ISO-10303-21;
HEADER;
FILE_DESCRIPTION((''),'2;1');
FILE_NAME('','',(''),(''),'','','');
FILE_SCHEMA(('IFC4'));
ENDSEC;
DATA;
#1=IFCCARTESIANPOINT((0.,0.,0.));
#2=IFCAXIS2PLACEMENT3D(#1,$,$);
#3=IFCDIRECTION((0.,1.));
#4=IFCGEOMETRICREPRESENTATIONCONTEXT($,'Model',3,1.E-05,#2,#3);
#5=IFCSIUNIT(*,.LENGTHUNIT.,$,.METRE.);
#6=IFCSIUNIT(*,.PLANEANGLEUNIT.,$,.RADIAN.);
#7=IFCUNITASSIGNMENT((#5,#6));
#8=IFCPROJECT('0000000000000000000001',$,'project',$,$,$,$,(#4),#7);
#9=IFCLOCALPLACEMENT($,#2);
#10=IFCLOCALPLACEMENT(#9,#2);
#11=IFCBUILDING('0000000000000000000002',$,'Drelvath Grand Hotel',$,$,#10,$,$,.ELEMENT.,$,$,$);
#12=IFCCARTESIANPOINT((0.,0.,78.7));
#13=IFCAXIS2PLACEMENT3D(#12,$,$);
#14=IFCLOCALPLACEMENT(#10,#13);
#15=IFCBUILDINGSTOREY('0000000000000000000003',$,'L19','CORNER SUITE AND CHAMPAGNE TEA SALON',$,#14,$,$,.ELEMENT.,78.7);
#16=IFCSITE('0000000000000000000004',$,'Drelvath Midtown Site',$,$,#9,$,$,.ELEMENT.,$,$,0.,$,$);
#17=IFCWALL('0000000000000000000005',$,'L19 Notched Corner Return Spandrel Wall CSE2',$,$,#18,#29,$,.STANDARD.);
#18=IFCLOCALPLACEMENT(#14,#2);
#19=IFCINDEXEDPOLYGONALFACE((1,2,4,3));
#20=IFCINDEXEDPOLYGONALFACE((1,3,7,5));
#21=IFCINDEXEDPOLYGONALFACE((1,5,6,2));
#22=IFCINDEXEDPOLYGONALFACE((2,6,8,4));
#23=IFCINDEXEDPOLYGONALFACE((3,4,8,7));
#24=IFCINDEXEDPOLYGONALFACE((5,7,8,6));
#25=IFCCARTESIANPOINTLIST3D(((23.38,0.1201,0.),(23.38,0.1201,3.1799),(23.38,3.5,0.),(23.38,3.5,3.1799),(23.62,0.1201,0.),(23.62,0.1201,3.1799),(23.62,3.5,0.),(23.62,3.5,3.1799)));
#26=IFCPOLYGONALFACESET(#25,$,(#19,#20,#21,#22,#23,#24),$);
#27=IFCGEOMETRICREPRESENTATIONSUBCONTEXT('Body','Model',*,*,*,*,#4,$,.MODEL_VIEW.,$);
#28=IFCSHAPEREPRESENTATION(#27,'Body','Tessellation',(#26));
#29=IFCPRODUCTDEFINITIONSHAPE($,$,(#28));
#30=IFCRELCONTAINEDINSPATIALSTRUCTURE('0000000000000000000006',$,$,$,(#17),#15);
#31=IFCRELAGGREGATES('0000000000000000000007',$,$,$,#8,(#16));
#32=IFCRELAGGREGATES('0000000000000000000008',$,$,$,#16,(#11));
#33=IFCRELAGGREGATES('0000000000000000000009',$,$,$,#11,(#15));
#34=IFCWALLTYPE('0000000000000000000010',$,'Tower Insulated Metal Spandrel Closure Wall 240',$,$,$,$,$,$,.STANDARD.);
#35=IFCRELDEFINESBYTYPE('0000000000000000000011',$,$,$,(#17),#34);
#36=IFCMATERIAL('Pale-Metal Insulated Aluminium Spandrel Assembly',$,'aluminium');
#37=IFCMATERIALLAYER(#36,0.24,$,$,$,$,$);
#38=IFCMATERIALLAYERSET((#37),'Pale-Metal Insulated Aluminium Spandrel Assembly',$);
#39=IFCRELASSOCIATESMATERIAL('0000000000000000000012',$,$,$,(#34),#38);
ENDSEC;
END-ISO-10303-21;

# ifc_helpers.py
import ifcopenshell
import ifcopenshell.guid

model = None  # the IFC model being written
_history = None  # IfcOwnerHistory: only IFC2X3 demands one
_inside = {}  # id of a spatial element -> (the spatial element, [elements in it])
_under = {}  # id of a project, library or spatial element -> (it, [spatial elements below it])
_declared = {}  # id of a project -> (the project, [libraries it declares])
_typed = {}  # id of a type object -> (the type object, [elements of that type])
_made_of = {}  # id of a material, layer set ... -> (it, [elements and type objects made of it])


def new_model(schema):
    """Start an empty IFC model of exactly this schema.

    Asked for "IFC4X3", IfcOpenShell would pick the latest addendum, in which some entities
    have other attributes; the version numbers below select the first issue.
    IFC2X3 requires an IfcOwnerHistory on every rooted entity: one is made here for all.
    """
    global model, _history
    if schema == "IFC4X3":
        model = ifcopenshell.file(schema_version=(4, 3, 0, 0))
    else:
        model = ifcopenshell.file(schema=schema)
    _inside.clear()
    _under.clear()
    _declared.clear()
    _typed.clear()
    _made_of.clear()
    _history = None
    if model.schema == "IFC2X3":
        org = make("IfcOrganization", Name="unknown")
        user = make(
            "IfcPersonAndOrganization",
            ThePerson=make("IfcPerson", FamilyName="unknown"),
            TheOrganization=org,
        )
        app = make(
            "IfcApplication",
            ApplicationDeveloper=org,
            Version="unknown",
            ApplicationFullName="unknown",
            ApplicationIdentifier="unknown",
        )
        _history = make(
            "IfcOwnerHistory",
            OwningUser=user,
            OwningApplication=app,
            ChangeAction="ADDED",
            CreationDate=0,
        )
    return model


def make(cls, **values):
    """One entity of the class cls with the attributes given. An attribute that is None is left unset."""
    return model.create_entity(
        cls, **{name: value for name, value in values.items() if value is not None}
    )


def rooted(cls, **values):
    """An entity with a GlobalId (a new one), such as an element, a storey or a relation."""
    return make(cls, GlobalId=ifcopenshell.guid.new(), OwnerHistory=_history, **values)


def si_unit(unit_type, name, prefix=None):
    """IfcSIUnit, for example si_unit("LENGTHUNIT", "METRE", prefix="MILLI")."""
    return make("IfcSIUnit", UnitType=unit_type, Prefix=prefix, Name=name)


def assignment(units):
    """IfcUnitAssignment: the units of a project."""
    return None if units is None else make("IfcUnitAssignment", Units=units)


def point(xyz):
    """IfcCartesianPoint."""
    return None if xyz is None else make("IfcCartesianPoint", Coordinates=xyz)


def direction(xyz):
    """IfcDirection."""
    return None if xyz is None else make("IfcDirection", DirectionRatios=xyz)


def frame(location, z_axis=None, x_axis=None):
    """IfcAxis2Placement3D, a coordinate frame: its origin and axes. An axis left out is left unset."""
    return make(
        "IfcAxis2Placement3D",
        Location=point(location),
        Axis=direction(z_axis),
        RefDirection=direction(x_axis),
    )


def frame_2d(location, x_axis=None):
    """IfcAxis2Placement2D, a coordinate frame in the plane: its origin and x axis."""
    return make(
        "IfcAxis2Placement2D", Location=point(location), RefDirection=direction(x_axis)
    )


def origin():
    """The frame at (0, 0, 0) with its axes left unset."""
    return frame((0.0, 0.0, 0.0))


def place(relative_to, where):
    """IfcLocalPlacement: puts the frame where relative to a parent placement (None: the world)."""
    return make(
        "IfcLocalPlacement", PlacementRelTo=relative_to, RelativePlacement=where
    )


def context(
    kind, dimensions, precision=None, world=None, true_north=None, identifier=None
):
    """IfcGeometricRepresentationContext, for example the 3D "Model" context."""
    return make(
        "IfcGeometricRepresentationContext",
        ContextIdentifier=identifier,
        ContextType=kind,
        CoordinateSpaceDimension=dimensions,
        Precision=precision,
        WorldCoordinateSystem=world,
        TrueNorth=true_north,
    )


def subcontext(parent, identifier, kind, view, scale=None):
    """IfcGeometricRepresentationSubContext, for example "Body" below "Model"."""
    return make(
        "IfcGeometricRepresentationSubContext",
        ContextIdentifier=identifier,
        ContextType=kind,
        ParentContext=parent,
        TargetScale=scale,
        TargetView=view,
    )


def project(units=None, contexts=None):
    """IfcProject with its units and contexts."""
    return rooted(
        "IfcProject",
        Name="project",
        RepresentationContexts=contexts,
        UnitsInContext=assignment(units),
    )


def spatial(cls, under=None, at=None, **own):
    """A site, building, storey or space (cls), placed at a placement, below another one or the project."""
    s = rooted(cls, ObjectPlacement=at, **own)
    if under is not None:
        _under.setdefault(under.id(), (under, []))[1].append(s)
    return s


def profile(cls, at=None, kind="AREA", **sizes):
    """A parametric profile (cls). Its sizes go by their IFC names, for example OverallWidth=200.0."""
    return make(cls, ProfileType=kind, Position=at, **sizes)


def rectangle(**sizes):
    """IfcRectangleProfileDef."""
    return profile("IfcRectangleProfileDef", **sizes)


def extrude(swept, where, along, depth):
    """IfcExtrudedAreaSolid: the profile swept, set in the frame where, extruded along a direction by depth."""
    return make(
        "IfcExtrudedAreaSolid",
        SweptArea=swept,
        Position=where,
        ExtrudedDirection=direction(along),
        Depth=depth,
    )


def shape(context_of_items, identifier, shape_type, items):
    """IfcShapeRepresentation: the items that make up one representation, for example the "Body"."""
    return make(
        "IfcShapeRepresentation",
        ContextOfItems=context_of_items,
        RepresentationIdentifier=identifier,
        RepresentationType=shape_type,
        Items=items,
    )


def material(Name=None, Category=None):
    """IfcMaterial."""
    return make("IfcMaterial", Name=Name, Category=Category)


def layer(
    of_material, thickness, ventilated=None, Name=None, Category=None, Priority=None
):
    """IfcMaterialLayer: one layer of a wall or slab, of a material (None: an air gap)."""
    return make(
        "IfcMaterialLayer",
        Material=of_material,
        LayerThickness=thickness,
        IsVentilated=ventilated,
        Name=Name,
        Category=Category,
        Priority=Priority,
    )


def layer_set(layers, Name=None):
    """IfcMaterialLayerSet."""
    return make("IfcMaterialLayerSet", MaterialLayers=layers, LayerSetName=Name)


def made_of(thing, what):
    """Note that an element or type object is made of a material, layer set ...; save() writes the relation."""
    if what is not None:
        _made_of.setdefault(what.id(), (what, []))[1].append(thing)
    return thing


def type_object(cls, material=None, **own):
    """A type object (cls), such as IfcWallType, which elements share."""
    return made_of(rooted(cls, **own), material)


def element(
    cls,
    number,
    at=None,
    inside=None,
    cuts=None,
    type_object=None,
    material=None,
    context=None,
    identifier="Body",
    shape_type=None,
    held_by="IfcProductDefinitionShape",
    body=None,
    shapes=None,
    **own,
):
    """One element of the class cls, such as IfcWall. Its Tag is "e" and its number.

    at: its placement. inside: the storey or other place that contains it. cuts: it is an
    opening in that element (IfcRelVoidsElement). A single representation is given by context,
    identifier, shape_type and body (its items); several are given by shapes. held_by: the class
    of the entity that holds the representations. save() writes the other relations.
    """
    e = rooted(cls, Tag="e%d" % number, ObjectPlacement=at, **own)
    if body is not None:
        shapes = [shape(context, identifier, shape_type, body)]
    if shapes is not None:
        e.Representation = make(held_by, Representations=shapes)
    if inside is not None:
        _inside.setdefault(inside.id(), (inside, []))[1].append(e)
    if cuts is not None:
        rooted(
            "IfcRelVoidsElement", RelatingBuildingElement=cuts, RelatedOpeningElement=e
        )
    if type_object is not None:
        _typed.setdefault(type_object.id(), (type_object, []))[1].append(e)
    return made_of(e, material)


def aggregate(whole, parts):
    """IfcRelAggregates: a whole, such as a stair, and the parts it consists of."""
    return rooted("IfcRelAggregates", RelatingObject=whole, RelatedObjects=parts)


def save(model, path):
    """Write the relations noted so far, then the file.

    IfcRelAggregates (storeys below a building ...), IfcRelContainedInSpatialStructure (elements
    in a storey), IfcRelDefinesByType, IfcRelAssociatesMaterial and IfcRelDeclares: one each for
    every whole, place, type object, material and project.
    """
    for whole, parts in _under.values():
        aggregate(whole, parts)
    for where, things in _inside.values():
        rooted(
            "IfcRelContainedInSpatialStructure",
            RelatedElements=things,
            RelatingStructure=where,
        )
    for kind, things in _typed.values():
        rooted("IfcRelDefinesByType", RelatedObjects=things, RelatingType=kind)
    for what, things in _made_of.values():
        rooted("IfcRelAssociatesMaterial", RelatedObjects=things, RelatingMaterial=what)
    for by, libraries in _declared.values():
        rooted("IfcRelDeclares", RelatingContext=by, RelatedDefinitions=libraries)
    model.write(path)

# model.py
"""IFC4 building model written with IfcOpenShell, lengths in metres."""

from ifc_helpers import new_model, si_unit, direction, frame, frame_2d, origin, place, context, subcontext, project, spatial, rectangle, extrude, material, layer, layer_set, type_object, element, save


model = new_model("IFC4")

# Units and contexts
model_context = context("Model", 3, precision=1e-05, world=origin(), true_north=direction((0.0, 1.0)))
body_context = subcontext(model_context, "Body", "Model", "MODEL_VIEW")
ifc_project = project(units=[si_unit("LENGTHUNIT", "METRE"), si_unit("PLANEANGLEUNIT", "RADIAN")], contexts=[model_context])

# Site, building, storey
site_placement = place(None, origin())
site = spatial("IfcSite", under=ifc_project, at=site_placement, Name="Drelvath Midtown Site", CompositionType="ELEMENT", RefElevation=0.0)
building_placement = place(site_placement, origin())
building = spatial("IfcBuilding", under=site, at=building_placement, Name="Drelvath Grand Hotel", CompositionType="ELEMENT")
storey_placement = place(building_placement, frame((0.0, 0.0, 78.7)))
storey = spatial("IfcBuildingStorey", under=building, at=storey_placement, Name="L19", Description="CORNER SUITE AND CHAMPAGNE TEA SALON", CompositionType="ELEMENT", Elevation=78.7)

# Wall
ifc_material_1 = material(Name="Pale-Metal Insulated Aluminium Spandrel Assembly", Category="aluminium")
ifc_layer_1 = layer(ifc_material_1, 0.24)
ifc_layer_set_1 = layer_set([ifc_layer_1], Name="Pale-Metal Insulated Aluminium Spandrel Assembly")
wall_type_1 = type_object("IfcWallType", Name="Tower Insulated Metal Spandrel Closure Wall 240", PredefinedType="STANDARD", material=ifc_layer_set_1)
for number, where, z_axis, x_axis, name in (
    (1, (23.5, 3.5, 0.0), (0.0, 0.0, 1.0), (0.0, -1.0, 0.0), "L19 Notched Corner Return Spandrel Wall CSE2"),
):
    element("IfcWall", number, at=place(storey_placement, frame(where, z_axis=z_axis, x_axis=x_axis)), inside=storey, type_object=wall_type_1, Name=name, PredefinedType="STANDARD", context=body_context, shape_type="SweptSolid", body=[
        extrude(rectangle(XDim=3.3799, YDim=0.24, at=frame_2d((1.6899, 0.0))), origin(), (0.0, 0.0, 1.0), 3.1799),
    ])

save(model, "model.ifc")
